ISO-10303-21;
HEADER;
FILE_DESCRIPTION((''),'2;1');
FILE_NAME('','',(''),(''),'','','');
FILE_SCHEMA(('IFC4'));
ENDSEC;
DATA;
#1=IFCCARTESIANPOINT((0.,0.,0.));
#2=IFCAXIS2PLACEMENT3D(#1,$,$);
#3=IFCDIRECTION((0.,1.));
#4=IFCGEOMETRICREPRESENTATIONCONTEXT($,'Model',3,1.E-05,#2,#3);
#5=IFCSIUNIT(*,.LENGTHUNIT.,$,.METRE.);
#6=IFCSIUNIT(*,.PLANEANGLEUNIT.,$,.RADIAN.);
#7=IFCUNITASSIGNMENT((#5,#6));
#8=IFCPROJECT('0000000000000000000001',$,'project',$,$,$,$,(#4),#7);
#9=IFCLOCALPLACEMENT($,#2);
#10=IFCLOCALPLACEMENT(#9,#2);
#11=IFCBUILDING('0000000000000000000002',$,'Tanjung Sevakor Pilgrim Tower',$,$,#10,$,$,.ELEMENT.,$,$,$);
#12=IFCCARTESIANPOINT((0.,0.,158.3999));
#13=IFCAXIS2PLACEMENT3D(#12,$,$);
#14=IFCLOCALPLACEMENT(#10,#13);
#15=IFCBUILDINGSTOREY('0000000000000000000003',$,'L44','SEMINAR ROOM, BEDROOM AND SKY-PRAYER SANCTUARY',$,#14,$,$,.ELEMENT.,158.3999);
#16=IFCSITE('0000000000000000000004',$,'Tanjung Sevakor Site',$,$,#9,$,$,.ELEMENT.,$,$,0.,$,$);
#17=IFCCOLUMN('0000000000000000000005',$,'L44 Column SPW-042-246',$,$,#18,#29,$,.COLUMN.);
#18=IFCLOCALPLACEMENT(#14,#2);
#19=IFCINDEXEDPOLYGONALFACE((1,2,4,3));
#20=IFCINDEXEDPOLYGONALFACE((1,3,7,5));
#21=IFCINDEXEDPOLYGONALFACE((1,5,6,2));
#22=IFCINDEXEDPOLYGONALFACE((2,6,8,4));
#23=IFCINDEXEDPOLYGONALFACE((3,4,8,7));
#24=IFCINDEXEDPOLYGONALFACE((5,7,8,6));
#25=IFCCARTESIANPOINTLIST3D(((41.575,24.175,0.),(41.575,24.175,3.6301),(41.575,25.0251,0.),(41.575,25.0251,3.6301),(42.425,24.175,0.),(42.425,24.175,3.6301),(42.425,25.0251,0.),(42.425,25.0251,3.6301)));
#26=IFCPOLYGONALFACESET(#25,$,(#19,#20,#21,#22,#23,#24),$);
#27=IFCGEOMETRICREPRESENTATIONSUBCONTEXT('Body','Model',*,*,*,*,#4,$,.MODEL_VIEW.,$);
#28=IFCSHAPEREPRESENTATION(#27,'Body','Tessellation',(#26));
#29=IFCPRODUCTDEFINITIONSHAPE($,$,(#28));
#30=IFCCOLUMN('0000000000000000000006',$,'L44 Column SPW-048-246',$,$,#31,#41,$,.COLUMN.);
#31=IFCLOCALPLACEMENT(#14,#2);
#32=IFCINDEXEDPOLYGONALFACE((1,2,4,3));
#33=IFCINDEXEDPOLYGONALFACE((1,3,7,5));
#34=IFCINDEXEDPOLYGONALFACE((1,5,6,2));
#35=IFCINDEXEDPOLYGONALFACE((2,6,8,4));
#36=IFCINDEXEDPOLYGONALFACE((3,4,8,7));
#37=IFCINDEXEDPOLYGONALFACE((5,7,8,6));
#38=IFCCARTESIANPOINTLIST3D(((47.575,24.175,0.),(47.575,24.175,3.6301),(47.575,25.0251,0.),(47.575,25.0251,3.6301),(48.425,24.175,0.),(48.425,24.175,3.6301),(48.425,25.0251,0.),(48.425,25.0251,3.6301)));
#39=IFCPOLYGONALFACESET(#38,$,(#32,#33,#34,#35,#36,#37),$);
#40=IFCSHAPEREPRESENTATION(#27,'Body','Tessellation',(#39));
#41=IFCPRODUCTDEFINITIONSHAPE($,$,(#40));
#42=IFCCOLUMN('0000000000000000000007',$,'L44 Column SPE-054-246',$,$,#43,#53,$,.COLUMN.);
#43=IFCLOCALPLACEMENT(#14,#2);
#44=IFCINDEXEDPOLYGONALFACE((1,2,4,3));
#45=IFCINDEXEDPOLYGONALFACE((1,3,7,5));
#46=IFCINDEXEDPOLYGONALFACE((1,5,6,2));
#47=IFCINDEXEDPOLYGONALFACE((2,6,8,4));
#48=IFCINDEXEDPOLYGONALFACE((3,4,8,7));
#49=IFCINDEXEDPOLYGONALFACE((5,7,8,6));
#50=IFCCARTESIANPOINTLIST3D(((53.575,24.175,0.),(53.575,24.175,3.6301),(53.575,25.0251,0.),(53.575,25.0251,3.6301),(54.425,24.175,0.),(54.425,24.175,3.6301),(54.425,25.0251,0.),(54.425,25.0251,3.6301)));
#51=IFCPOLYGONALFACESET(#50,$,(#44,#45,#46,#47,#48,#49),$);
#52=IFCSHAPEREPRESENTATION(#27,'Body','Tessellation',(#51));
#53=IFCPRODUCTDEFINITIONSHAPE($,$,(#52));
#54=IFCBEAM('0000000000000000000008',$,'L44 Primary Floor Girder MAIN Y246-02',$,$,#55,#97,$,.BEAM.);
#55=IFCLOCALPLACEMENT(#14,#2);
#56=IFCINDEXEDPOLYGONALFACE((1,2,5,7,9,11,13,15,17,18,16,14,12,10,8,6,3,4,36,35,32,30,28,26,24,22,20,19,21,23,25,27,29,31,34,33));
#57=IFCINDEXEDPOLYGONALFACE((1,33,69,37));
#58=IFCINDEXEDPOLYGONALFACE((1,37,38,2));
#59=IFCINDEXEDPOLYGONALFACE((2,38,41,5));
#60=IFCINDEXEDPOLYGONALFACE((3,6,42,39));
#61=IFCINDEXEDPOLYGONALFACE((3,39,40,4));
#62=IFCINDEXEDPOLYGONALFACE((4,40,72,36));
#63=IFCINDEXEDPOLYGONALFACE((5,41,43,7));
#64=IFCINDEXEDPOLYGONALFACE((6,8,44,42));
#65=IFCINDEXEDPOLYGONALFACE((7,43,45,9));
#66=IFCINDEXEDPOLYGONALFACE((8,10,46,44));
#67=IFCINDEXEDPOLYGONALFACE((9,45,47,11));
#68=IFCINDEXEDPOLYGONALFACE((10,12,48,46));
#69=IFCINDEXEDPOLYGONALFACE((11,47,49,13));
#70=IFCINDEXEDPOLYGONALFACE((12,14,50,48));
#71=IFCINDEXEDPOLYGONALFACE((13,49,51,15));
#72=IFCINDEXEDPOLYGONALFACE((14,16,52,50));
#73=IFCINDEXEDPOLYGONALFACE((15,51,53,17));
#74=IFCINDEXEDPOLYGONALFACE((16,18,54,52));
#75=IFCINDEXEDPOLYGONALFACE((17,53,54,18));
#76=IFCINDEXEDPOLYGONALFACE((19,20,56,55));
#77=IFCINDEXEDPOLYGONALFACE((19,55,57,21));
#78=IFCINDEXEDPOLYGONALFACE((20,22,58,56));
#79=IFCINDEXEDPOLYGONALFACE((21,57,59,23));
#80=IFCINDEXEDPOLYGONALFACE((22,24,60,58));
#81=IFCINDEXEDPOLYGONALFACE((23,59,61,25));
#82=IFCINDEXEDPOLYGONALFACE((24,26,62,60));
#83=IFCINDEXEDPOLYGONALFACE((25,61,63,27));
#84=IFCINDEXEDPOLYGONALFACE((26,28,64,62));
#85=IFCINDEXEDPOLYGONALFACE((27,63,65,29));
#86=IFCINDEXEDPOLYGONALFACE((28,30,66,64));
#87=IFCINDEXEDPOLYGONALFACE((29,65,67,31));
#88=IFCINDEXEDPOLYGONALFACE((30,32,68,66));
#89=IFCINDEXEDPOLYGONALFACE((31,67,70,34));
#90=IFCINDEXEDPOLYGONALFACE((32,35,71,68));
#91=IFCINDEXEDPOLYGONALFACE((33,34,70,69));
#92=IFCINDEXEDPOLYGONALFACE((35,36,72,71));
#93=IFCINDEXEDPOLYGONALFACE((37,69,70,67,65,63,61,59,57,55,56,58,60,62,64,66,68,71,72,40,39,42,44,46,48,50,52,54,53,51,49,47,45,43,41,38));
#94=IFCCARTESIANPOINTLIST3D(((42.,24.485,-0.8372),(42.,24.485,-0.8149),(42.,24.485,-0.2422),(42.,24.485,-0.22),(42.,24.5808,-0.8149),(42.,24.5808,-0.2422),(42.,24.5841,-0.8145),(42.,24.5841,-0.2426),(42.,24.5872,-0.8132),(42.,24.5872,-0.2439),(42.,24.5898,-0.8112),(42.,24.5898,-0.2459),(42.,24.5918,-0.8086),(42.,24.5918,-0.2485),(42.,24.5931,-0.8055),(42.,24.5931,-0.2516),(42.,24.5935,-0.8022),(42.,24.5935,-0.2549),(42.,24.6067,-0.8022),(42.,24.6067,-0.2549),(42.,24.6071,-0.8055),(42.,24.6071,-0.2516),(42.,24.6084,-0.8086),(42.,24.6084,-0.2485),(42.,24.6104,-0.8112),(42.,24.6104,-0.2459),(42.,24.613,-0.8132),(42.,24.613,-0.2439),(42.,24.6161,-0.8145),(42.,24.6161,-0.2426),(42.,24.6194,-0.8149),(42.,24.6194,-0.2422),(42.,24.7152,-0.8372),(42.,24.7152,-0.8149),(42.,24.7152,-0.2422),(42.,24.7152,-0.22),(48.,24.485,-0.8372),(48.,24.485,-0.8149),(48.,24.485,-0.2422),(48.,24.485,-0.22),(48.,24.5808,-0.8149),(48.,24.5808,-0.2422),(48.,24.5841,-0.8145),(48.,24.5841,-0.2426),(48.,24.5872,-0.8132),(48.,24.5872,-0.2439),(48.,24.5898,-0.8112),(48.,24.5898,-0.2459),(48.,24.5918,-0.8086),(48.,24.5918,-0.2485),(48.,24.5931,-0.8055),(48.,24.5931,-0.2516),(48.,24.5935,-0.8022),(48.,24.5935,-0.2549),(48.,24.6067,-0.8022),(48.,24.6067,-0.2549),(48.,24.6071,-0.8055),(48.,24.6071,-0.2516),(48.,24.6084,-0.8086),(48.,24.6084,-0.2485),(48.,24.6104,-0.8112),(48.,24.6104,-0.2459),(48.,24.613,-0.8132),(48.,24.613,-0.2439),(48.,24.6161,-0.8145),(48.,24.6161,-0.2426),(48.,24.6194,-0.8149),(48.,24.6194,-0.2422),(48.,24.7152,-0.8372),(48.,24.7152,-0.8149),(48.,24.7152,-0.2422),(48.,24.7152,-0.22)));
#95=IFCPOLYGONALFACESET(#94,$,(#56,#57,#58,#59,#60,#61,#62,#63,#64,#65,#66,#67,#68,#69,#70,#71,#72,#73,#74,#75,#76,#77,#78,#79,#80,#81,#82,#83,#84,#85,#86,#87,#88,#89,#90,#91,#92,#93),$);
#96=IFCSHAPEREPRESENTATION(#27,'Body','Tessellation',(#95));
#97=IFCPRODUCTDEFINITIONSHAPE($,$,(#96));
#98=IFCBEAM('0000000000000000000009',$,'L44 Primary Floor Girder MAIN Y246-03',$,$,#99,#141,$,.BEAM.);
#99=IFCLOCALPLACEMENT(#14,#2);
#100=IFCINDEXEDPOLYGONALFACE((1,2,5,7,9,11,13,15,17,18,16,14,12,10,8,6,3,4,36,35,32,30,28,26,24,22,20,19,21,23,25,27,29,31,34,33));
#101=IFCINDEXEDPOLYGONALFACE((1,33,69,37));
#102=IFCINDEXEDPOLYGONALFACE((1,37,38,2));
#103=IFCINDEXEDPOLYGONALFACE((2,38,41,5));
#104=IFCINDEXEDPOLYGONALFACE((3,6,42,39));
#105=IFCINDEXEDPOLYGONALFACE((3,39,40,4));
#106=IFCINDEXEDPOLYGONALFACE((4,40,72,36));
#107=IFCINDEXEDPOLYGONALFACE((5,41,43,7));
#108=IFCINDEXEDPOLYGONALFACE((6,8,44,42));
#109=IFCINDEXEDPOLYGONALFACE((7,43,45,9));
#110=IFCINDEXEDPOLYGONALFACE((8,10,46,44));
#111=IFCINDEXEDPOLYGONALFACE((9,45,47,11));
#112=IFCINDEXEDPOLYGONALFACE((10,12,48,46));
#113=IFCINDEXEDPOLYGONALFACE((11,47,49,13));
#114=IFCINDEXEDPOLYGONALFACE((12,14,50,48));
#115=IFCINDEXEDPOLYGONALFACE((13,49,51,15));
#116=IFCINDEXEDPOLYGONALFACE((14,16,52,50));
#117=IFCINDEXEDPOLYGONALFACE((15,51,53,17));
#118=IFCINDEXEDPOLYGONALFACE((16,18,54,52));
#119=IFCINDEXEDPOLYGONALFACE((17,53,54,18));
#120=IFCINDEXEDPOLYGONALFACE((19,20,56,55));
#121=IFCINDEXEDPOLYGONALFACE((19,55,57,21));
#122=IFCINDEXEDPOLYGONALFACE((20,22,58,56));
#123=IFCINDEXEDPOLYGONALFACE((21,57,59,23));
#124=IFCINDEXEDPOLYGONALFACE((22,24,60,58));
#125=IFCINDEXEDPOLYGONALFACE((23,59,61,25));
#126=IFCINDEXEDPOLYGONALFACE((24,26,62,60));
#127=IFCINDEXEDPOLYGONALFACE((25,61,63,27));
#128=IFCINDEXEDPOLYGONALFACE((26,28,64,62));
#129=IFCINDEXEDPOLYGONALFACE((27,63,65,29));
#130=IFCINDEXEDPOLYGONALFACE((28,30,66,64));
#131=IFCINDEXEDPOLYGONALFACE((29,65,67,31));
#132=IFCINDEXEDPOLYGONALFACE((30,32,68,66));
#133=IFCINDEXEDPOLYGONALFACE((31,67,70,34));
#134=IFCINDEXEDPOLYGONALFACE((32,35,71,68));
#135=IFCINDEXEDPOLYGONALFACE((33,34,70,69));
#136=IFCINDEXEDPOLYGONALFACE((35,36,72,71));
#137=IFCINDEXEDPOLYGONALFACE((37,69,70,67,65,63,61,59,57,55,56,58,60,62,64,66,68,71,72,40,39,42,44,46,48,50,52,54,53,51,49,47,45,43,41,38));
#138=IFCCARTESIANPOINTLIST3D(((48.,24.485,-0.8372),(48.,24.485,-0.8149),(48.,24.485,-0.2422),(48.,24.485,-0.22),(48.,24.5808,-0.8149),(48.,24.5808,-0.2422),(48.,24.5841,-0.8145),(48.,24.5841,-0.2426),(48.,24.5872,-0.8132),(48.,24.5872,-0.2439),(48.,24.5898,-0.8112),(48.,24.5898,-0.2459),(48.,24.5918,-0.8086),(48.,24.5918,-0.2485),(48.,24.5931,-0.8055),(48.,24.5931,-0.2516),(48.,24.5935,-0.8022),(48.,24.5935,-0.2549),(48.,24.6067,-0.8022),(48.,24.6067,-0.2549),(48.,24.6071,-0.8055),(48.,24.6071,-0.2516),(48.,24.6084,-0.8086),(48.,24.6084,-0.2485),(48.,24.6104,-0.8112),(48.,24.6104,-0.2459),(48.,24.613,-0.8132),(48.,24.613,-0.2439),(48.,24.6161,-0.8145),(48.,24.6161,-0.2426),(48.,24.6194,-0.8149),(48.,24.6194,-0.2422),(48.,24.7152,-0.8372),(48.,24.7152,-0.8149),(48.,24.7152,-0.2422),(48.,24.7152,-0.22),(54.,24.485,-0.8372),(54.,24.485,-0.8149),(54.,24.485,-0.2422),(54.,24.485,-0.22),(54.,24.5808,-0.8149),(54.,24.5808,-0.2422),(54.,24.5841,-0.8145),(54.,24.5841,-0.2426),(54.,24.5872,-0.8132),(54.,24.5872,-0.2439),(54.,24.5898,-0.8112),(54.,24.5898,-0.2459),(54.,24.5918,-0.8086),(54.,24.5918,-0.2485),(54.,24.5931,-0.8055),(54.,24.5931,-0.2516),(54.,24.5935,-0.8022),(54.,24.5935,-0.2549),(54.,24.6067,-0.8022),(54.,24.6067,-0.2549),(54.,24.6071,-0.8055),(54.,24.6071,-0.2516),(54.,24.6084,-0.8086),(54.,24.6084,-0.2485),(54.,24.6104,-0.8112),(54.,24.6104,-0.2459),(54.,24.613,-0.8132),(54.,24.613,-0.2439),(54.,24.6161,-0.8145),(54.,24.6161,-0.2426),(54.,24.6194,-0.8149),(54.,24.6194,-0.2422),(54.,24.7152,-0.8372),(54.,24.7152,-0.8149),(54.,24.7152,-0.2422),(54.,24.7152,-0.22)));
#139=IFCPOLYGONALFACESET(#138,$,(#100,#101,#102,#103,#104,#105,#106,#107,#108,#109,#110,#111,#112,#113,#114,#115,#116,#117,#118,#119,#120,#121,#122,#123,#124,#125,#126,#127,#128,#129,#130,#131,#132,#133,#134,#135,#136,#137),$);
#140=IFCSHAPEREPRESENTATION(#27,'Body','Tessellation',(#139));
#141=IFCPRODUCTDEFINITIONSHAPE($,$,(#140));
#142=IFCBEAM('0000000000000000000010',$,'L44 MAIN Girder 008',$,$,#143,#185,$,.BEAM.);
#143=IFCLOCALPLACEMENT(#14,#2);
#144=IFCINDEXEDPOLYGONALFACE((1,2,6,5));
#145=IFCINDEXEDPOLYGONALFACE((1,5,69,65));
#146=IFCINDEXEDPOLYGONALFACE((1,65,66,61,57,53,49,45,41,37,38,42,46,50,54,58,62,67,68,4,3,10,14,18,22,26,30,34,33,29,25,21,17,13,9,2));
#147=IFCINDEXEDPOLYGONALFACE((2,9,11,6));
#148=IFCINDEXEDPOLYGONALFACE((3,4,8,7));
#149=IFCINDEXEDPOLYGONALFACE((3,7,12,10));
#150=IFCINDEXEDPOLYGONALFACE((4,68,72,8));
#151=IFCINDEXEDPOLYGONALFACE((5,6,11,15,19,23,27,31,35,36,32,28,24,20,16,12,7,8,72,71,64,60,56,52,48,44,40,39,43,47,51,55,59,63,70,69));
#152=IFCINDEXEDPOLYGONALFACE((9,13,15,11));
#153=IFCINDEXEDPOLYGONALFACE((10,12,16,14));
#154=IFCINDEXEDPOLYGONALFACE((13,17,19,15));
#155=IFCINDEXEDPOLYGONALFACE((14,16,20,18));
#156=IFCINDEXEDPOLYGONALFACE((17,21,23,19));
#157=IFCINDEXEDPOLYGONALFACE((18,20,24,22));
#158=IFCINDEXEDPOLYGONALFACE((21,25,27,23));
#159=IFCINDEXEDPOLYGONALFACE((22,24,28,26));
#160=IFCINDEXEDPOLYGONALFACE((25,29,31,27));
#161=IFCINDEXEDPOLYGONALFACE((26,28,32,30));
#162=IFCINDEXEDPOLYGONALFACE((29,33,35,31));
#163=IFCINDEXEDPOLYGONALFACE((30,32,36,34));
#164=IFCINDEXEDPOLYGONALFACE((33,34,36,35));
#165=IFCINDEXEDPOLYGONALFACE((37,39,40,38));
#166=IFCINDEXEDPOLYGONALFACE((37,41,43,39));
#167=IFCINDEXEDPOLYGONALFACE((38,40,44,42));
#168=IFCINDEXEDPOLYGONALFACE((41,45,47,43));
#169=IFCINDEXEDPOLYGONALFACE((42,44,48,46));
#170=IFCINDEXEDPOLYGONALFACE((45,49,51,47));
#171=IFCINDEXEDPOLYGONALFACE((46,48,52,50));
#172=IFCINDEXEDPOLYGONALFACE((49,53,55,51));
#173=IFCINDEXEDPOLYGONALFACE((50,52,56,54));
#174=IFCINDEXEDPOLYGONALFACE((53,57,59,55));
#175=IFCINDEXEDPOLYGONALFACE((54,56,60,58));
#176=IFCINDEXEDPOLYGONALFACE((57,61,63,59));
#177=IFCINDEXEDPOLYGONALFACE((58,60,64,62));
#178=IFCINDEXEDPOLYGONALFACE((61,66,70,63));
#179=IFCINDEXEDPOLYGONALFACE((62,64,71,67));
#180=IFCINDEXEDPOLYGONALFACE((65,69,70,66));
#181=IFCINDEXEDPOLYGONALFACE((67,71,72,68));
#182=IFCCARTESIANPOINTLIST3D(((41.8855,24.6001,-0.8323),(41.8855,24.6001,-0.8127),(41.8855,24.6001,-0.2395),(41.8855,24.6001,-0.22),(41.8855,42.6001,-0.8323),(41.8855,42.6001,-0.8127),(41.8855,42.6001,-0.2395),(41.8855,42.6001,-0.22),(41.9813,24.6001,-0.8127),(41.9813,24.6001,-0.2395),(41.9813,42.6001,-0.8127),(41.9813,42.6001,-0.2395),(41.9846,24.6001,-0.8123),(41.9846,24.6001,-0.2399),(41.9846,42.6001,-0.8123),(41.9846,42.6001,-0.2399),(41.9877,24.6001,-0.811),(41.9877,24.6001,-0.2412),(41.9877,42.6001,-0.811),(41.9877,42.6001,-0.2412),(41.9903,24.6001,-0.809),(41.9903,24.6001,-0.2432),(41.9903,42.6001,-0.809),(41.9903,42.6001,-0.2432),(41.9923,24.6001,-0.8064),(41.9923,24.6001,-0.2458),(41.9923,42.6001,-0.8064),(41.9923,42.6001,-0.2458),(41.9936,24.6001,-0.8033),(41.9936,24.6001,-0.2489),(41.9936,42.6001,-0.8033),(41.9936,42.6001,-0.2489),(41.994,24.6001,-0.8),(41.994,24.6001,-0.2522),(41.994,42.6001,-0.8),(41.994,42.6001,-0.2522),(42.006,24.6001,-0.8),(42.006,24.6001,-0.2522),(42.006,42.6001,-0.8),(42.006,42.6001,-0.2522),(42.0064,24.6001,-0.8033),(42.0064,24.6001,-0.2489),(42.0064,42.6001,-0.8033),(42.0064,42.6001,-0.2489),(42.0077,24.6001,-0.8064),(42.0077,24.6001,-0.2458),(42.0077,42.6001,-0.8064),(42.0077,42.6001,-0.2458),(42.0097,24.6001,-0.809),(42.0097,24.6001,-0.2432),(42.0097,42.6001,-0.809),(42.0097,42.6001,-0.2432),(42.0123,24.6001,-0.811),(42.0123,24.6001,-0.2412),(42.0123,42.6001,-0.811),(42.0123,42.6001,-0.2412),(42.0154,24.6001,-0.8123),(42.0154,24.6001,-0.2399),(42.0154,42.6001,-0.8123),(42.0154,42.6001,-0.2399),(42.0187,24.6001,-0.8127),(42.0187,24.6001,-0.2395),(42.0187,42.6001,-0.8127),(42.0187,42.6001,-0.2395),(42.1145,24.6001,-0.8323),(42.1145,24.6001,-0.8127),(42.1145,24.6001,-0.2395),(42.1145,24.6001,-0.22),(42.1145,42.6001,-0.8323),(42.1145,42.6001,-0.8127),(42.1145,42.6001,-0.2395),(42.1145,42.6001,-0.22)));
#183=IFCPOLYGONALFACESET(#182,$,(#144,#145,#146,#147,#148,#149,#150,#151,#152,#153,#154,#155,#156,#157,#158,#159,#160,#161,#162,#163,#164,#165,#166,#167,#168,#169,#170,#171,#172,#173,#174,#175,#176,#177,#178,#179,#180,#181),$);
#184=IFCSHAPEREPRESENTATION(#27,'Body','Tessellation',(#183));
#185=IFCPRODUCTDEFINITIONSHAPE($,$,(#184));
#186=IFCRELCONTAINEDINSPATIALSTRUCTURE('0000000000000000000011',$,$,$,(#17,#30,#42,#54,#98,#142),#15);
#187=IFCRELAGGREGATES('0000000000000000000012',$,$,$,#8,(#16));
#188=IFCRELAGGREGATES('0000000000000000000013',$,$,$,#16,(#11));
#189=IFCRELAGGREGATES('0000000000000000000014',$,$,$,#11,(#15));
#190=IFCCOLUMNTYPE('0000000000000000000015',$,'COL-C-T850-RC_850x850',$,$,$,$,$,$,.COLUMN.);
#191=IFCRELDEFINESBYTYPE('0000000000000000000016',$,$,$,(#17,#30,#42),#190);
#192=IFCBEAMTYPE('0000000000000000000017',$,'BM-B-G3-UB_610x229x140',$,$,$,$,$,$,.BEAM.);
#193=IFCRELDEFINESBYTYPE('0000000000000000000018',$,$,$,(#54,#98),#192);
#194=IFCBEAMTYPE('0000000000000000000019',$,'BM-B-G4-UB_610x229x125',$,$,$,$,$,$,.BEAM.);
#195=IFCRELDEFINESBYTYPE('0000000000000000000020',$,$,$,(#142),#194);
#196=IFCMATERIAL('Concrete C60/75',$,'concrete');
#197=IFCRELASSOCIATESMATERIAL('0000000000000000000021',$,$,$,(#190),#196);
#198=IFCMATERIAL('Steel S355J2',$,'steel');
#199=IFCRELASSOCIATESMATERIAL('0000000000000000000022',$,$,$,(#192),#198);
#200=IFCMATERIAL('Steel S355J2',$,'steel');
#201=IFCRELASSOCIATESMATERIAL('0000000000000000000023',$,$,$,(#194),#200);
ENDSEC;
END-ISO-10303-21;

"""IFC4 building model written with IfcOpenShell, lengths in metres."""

from ifc_helpers import new_model, si_unit, direction, frame, origin, origin_2d, place, context, subcontext, project, spatial, rectangle, i_section, extrude, material, material_profile, profile_set, type_object, element, save


model = new_model("IFC4")

# Units and contexts
model_context = context("Model", 3, precision=1e-05, world=origin(), true_north=direction((0.0, 1.0)))
body_context = subcontext(model_context, "Body", "Model", "MODEL_VIEW")
ifc_project = project(units=[si_unit("LENGTHUNIT", "METRE"), si_unit("PLANEANGLEUNIT", "RADIAN")], contexts=[model_context])

# Site, building, storey
site_placement = place(None, origin())
site = spatial("IfcSite", under=ifc_project, at=site_placement, Name="Tanjung Sevakor Site", CompositionType="ELEMENT", RefElevation=0.0)
building_placement = place(site_placement, origin())
building = spatial("IfcBuilding", under=site, at=building_placement, Name="Tanjung Sevakor Pilgrim Tower", CompositionType="ELEMENT")
storey_placement = place(building_placement, frame((0.0, 0.0, 158.3999)))
storey = spatial("IfcBuildingStorey", under=building, at=storey_placement, Name="L44", Description="SEMINAR ROOM, BEDROOM AND SKY-PRAYER SANCTUARY", CompositionType="ELEMENT", Elevation=158.3999)

# Columns
ifc_material_1 = material(Name="Concrete C60/75", Category="concrete")
ifc_material_profile_1 = material_profile(ifc_material_1, rectangle(XDim=0.8501, YDim=0.8501, at=origin_2d()))
ifc_profile_set_1 = profile_set([ifc_material_profile_1], Name="Concrete C60/75")
column_type = type_object("IfcColumnType", Name="COL-C-T850-RC_850x850", PredefinedType="COLUMN", material=ifc_profile_set_1)
for number, where, z_axis, x_axis, name in (
    (1, (42.0, 24.6001, 0.0), (0.0, 0.0, 1.0), (1.0, 0.0, 0.0), "L44 Column SPW-042-246"),
    (2, (48.0, 24.6001, 0.0), (0.0, 0.0, 1.0), (1.0, 0.0, 0.0), "L44 Column SPW-048-246"),
    (3, (54.0, 24.6001, 0.0), (0.0, 0.0, 1.0), (1.0, 0.0, 0.0), "L44 Column SPE-054-246"),
):
    element("IfcColumn", number, at=place(storey_placement, frame(where, z_axis=z_axis, x_axis=x_axis)), inside=storey, type_object=column_type, Name=name, PredefinedType="COLUMN", context=body_context, shape_type="SweptSolid", body=[
        extrude(rectangle(XDim=0.8501, YDim=0.8501, at=origin_2d()), origin(), (0.0, 0.0, 1.0), 3.6301),
    ])

# Beams
ifc_material_2 = material(Name="Steel S355J2", Category="steel")
ifc_material_profile_2 = material_profile(ifc_material_2, i_section(OverallWidth=0.2302, OverallDepth=0.6172, WebThickness=0.0132, FlangeThickness=0.0222, FilletRadius=0.0127, at=origin_2d()))
ifc_profile_set_2 = profile_set([ifc_material_profile_2], Name="Steel S355J2")
beam_type_1 = type_object("IfcBeamType", Name="BM-B-G3-UB_610x229x140", PredefinedType="BEAM", material=ifc_profile_set_2)
for number, where, z_axis, x_axis, name in (
    (4, (42.0, 24.6001, -0.5286), (1.0, 0.0, 0.0), (0.0, 1.0, 0.0), "L44 Primary Floor Girder MAIN Y246-02"),
    (5, (48.0, 24.6001, -0.5286), (1.0, 0.0, 0.0), (0.0, 1.0, 0.0), "L44 Primary Floor Girder MAIN Y246-03"),
):
    element("IfcBeam", number, at=place(storey_placement, frame(where, z_axis=z_axis, x_axis=x_axis)), inside=storey, type_object=beam_type_1, Name=name, PredefinedType="BEAM", context=body_context, shape_type="SweptSolid", body=[
        extrude(i_section(OverallWidth=0.2302, OverallDepth=0.6172, WebThickness=0.0132, FlangeThickness=0.0222, FilletRadius=0.0127, at=origin_2d()), origin(), (0.0, 0.0, 1.0), 6.0),
    ])
ifc_material_3 = material(Name="Steel S355J2", Category="steel")
ifc_material_profile_3 = material_profile(ifc_material_3, i_section(OverallWidth=0.229, OverallDepth=0.6123, WebThickness=0.012, FlangeThickness=0.0195, FilletRadius=0.0127, at=origin_2d()))
ifc_profile_set_3 = profile_set([ifc_material_profile_3], Name="Steel S355J2")
beam_type_2 = type_object("IfcBeamType", Name="BM-B-G4-UB_610x229x125", PredefinedType="BEAM", material=ifc_profile_set_3)
for number, where, z_axis, x_axis, name in (
    (6, (42.0, 24.6001, -0.5261), (0.0, 1.0, 0.0), (-1.0, 0.0, 0.0), "L44 MAIN Girder 008"),
):
    element("IfcBeam", number, at=place(storey_placement, frame(where, z_axis=z_axis, x_axis=x_axis)), inside=storey, type_object=beam_type_2, Name=name, PredefinedType="BEAM", context=body_context, shape_type="SweptSolid", body=[
        extrude(i_section(OverallWidth=0.229, OverallDepth=0.6123, WebThickness=0.012, FlangeThickness=0.0195, FilletRadius=0.0127, at=origin_2d()), origin(), (0.0, 0.0, 1.0), 18.0),
    ])

save(model, "model.ifc")
